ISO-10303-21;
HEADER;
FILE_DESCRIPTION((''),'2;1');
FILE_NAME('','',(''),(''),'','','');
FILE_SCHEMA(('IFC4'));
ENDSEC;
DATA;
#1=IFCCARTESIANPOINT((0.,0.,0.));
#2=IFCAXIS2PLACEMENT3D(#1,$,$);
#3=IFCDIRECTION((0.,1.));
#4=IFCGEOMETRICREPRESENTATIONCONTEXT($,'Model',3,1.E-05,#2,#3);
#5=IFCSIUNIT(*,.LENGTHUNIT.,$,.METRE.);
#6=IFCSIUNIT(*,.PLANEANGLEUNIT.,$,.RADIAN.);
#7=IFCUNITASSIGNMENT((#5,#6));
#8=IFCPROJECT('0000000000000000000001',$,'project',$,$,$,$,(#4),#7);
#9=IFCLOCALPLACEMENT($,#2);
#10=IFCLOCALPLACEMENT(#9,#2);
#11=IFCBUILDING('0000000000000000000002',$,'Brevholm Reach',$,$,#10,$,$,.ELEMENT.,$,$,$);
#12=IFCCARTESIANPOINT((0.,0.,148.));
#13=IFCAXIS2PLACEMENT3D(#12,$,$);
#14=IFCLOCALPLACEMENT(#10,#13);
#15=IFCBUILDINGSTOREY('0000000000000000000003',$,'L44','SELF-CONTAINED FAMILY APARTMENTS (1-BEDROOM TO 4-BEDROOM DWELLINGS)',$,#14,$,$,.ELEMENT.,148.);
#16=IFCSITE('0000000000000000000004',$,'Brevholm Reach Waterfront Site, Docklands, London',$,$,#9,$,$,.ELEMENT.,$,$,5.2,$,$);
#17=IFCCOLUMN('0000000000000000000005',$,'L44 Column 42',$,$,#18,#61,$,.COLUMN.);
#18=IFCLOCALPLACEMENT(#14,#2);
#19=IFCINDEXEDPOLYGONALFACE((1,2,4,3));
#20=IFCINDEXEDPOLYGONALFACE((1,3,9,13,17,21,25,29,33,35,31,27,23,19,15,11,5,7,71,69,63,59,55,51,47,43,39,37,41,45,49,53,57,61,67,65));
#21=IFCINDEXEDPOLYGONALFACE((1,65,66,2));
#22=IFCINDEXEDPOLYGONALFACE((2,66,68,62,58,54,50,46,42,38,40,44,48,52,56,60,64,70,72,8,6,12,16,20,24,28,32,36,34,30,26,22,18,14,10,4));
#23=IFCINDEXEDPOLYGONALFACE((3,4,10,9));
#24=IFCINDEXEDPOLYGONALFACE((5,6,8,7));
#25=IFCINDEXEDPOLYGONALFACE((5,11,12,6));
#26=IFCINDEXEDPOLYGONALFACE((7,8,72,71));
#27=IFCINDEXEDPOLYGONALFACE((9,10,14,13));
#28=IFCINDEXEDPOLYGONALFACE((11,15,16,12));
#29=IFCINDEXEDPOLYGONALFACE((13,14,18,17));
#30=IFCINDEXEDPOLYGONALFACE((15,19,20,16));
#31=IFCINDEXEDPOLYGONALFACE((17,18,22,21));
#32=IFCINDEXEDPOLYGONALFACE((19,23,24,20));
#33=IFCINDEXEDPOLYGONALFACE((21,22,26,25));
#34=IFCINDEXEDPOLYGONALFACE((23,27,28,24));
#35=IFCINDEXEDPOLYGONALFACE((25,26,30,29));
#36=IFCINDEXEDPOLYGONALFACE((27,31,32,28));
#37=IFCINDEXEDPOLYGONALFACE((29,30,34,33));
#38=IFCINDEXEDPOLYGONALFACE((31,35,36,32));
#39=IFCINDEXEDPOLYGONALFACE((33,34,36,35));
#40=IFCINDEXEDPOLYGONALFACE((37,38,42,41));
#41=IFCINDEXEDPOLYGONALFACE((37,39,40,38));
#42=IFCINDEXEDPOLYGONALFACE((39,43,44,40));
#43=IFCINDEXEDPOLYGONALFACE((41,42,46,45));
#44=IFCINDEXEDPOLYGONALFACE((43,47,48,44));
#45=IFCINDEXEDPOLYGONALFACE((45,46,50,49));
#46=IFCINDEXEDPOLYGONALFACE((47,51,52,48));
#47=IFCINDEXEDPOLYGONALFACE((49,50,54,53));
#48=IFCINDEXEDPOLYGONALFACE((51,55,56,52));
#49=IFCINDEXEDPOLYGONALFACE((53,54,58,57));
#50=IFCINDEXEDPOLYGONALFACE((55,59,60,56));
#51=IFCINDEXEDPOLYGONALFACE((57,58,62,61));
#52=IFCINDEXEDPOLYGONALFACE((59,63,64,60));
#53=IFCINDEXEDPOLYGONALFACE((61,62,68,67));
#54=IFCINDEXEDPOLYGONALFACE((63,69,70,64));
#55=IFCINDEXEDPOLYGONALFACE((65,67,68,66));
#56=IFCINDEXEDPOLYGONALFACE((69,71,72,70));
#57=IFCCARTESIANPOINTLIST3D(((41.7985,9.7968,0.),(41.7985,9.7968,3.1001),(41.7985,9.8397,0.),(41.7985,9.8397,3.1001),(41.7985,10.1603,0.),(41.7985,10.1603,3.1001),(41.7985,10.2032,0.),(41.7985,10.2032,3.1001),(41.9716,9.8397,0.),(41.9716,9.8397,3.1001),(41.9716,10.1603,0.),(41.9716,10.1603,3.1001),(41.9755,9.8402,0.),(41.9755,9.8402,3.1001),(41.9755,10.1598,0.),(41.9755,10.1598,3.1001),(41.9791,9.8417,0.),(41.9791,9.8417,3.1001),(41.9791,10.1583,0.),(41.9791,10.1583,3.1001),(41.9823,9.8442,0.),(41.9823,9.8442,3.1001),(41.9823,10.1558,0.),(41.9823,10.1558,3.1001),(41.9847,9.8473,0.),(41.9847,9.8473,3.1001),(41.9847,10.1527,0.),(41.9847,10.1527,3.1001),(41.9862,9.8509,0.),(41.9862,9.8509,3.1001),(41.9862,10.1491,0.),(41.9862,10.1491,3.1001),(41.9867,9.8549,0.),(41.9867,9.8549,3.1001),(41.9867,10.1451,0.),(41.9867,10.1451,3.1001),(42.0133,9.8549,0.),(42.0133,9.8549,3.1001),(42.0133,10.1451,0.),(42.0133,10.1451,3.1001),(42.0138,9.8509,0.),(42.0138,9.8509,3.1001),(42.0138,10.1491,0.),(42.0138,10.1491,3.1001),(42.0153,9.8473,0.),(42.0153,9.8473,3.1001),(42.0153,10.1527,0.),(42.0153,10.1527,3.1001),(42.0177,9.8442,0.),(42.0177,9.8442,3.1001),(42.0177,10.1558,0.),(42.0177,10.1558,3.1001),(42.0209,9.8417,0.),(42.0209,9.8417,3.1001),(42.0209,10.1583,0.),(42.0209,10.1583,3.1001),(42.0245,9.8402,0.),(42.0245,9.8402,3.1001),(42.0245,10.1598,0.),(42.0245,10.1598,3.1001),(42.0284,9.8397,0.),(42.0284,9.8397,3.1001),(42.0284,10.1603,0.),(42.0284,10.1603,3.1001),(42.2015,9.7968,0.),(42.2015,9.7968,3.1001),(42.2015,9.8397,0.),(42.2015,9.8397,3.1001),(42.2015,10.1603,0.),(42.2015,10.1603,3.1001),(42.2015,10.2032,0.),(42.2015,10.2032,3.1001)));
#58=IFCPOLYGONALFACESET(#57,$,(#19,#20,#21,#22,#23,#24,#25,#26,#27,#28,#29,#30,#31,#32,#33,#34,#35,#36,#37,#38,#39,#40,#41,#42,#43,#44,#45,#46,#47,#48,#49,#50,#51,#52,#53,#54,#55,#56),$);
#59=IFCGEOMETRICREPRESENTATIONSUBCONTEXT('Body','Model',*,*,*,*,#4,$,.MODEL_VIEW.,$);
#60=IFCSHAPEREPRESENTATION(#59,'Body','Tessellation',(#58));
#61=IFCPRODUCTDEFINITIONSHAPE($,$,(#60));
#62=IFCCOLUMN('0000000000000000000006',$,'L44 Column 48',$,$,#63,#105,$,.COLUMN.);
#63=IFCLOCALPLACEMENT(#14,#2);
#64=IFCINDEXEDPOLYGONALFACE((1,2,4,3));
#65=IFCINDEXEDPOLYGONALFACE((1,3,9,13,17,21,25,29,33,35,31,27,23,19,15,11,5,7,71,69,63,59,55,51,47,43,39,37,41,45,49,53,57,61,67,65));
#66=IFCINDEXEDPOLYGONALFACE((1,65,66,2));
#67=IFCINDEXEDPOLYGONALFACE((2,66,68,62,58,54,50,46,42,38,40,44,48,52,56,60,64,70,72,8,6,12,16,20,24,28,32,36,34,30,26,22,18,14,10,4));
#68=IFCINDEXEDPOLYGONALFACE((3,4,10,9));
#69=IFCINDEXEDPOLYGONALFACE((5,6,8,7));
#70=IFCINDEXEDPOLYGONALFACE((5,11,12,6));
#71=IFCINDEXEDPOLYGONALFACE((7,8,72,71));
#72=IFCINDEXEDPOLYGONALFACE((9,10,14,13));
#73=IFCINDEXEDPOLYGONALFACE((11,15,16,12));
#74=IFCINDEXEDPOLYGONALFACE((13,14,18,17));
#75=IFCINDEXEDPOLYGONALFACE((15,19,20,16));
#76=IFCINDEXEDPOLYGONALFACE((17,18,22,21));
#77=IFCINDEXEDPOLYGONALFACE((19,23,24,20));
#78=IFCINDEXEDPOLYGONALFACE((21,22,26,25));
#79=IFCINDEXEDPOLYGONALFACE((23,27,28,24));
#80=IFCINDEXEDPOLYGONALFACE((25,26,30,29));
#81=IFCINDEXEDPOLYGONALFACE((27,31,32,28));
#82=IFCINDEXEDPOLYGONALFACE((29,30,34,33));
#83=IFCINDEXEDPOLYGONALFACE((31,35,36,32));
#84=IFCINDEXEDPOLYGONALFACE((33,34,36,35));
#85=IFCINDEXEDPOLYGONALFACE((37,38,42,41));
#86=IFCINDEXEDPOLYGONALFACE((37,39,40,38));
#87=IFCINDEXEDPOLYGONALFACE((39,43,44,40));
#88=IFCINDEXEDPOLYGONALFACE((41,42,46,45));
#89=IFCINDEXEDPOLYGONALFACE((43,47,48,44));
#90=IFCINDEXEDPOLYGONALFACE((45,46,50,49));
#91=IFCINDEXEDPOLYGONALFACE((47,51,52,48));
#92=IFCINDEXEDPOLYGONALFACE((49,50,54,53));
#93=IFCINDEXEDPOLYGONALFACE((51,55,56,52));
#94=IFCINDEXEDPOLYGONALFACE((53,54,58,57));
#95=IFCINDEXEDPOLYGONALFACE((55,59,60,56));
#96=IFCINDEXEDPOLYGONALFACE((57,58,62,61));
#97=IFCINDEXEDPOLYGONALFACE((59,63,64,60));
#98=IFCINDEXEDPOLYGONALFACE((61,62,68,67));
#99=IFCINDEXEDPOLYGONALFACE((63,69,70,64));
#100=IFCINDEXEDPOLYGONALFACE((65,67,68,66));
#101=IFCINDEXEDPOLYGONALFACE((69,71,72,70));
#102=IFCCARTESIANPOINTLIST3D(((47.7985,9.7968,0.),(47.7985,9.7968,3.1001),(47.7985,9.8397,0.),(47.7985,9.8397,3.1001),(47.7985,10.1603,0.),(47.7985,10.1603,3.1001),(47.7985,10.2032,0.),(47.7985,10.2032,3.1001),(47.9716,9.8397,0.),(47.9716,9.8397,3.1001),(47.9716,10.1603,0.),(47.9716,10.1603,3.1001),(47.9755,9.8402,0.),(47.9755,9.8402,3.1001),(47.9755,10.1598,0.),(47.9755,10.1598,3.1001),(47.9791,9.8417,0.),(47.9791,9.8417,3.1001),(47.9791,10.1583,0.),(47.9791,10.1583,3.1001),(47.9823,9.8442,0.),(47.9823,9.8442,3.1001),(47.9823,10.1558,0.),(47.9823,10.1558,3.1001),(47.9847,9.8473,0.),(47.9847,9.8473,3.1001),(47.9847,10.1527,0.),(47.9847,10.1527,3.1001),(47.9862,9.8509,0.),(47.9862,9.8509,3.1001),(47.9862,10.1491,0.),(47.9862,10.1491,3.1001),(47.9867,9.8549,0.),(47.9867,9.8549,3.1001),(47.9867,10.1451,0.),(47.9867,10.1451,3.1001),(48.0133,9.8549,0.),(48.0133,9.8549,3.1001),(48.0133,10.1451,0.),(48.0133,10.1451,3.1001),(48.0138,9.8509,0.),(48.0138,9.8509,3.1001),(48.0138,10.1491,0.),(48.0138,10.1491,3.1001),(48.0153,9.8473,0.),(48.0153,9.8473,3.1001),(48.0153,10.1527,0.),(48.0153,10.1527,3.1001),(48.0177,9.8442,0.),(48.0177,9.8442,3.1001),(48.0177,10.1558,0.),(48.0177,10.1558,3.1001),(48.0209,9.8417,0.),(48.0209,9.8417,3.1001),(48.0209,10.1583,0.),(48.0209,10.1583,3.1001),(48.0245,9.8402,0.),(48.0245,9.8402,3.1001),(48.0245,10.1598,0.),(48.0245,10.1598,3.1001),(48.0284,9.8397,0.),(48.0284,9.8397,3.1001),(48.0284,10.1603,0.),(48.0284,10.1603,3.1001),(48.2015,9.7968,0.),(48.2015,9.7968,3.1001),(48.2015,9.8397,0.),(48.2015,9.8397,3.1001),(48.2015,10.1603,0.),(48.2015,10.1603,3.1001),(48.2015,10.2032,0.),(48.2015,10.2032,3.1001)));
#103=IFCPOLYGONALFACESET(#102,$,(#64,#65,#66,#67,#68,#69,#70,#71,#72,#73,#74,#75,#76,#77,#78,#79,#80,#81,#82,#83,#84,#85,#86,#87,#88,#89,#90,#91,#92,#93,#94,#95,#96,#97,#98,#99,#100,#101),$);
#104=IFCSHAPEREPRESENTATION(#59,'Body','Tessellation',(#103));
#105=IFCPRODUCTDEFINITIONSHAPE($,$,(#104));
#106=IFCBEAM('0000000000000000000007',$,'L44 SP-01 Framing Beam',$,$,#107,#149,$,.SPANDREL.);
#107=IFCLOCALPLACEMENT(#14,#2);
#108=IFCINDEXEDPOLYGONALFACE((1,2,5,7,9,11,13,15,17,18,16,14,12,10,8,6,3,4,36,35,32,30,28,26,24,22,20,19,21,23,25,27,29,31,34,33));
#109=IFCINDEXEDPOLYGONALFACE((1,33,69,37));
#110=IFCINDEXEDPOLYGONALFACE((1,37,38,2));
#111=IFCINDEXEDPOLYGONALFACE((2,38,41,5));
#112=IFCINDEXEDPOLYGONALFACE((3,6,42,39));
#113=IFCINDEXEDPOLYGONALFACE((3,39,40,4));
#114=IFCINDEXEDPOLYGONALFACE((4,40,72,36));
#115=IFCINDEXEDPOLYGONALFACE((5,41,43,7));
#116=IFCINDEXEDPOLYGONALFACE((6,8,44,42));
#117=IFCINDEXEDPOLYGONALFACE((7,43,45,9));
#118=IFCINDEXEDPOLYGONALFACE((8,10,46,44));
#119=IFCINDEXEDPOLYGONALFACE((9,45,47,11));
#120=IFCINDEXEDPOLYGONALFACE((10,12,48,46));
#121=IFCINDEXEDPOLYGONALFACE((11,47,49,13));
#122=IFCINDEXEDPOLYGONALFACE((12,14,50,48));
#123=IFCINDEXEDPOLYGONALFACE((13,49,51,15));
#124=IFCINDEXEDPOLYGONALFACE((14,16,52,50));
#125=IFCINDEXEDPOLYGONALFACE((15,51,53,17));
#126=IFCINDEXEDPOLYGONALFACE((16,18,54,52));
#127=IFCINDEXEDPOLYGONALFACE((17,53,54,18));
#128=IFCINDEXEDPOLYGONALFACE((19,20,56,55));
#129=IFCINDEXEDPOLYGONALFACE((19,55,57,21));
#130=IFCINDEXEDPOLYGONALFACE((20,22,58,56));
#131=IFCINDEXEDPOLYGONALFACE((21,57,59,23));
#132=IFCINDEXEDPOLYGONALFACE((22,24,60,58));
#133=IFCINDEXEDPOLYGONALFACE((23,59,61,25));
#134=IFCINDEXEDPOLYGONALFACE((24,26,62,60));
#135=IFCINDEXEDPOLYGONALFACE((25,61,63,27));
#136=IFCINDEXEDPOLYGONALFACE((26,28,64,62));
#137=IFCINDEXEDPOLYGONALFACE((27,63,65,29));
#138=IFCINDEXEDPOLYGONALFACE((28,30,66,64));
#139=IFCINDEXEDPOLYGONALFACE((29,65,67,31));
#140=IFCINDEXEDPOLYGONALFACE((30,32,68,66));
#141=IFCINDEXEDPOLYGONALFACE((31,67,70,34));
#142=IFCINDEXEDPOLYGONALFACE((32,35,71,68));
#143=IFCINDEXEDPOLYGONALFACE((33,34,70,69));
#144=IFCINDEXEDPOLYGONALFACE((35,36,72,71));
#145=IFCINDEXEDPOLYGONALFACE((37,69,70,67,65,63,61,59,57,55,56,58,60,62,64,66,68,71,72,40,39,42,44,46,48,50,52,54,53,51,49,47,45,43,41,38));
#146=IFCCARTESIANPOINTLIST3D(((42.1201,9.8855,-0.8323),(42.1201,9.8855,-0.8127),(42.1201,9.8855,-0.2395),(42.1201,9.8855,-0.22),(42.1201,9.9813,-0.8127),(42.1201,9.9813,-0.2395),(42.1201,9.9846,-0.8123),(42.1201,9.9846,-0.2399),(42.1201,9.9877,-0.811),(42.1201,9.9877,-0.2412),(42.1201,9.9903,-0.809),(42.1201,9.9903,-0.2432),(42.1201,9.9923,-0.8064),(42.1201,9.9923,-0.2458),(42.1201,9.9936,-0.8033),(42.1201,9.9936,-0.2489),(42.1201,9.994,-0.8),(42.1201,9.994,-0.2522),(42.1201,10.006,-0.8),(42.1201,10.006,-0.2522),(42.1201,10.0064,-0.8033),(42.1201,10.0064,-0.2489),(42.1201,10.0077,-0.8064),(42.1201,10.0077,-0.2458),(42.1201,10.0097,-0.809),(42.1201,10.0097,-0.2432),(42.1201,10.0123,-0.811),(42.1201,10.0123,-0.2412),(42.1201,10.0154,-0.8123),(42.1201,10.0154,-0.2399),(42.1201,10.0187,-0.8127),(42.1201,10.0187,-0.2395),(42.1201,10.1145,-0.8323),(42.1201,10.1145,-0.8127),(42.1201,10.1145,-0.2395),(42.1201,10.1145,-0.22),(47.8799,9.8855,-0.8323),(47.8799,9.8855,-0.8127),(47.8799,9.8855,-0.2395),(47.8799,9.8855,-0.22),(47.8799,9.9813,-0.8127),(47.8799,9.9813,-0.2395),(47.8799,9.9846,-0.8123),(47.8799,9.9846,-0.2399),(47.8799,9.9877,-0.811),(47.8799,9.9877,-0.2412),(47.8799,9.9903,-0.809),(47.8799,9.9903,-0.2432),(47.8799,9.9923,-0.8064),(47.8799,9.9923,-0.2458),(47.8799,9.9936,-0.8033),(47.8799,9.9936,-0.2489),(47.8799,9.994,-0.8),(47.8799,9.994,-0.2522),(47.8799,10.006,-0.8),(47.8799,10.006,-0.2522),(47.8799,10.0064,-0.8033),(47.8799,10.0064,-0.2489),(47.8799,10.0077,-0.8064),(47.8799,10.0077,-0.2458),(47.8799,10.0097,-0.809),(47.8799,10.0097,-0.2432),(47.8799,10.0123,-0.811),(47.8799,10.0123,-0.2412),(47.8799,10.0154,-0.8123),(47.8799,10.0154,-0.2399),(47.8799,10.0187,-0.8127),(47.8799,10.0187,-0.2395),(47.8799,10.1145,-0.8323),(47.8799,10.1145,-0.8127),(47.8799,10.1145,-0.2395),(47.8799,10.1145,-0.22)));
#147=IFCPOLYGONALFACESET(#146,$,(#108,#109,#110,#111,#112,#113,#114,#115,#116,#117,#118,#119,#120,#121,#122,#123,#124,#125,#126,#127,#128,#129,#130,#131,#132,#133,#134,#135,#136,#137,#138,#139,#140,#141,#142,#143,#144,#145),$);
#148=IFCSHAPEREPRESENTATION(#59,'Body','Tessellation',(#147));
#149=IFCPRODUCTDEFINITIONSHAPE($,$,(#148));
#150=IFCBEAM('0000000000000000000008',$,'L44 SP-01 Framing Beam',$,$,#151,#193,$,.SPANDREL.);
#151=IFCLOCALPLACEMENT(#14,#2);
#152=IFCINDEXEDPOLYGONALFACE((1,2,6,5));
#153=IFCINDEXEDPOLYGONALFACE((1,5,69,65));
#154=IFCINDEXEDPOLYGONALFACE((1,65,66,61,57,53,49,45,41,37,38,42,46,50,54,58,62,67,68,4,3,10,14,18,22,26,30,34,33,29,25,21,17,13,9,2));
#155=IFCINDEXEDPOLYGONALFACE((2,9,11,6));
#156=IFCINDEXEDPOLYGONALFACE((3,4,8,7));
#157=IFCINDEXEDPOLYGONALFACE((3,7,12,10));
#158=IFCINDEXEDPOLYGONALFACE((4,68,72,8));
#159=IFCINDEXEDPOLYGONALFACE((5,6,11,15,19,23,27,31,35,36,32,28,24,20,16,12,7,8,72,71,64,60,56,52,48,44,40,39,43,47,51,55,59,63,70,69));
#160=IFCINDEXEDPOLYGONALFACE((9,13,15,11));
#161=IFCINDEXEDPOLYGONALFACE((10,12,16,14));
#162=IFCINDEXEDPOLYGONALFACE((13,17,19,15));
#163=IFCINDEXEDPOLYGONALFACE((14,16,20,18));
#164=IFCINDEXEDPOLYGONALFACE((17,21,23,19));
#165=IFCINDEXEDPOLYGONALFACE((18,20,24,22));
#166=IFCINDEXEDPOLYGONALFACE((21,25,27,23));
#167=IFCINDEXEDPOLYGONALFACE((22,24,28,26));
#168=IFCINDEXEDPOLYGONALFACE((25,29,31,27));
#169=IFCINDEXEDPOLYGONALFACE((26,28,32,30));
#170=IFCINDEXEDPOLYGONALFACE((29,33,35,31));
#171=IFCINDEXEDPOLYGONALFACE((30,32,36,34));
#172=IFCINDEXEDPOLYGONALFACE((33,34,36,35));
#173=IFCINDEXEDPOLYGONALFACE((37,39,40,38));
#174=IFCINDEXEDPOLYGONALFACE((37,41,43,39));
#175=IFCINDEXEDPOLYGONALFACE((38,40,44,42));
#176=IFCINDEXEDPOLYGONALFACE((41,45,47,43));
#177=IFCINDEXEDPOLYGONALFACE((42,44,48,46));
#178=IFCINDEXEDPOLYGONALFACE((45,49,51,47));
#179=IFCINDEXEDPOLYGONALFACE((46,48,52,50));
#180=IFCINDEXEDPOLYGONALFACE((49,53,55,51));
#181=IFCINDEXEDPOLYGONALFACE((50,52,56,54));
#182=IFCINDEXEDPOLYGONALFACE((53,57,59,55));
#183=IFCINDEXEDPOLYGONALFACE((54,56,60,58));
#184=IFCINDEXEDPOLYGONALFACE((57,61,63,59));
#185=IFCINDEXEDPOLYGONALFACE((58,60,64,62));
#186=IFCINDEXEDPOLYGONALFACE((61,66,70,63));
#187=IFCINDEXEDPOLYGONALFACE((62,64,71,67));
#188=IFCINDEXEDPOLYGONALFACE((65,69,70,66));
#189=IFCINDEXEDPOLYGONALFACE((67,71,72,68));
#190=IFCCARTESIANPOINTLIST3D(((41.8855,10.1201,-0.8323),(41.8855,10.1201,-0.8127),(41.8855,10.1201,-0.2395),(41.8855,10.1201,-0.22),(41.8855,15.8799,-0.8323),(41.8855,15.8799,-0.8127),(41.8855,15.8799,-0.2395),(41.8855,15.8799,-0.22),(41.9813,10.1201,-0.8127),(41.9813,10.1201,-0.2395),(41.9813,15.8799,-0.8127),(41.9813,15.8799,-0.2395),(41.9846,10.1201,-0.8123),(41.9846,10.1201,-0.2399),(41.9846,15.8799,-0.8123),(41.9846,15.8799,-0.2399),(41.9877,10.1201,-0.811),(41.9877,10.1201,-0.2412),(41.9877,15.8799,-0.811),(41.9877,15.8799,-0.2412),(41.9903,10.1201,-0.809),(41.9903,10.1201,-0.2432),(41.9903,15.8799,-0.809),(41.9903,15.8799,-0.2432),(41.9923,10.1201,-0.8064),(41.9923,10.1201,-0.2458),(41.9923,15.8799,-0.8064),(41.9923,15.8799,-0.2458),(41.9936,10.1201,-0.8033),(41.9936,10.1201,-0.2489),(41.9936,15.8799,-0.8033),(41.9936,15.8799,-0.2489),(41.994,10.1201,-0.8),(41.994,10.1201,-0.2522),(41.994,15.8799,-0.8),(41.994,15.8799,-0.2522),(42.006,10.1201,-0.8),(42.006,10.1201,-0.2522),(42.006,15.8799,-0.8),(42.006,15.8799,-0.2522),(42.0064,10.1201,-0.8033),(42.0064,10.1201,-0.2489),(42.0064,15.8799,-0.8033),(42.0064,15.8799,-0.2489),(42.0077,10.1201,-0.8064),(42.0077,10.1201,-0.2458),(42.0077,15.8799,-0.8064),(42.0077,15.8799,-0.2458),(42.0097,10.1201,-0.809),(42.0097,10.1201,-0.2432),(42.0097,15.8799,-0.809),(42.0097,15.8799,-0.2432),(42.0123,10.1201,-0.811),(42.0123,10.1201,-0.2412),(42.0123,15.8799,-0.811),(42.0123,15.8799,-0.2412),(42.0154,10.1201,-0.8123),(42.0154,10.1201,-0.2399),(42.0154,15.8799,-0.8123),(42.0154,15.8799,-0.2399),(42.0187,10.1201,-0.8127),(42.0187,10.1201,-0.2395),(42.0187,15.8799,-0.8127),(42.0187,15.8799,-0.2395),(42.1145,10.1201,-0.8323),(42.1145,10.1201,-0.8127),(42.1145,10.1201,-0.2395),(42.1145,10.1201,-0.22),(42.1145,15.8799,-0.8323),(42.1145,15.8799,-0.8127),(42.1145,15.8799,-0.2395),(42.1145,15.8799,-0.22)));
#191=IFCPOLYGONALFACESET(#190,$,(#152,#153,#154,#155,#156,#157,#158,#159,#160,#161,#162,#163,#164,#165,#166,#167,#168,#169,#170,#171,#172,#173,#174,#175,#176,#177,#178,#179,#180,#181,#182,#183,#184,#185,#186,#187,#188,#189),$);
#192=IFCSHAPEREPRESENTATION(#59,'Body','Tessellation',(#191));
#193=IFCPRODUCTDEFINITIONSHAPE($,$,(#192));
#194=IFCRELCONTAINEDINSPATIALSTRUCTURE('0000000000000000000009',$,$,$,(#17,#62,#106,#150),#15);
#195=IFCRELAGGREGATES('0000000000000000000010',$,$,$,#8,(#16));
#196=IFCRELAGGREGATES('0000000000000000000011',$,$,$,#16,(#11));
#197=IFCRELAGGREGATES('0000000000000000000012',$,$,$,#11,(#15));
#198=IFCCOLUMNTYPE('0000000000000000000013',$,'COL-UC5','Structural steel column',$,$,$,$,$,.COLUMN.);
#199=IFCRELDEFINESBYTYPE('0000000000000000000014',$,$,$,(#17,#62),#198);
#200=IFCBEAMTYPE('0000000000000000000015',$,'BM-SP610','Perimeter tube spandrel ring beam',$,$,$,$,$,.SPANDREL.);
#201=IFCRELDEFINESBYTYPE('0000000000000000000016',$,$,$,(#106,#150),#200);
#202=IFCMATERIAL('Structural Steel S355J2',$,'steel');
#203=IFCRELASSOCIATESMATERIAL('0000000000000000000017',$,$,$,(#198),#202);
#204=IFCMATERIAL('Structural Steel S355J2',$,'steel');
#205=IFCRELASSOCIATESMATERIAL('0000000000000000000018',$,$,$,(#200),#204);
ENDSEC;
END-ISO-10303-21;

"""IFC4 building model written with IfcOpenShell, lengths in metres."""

from ifc_helpers import new_model, si_unit, direction, frame, origin, origin_2d, place, context, subcontext, project, spatial, i_section, extrude, material, material_profile, profile_set, type_object, element, save


model = new_model("IFC4")

# Units and contexts
model_context = context("Model", 3, precision=1e-05, world=origin(), true_north=direction((0.0, 1.0)))
body_context = subcontext(model_context, "Body", "Model", "MODEL_VIEW")
ifc_project = project(units=[si_unit("LENGTHUNIT", "METRE"), si_unit("PLANEANGLEUNIT", "RADIAN")], contexts=[model_context])

# Site, building, storey
site_placement = place(None, origin())
site = spatial("IfcSite", under=ifc_project, at=site_placement, Name="Brevholm Reach Waterfront Site, Docklands, London", CompositionType="ELEMENT", RefElevation=5.2)
building_placement = place(site_placement, origin())
building = spatial("IfcBuilding", under=site, at=building_placement, Name="Brevholm Reach", CompositionType="ELEMENT")
storey_placement = place(building_placement, frame((0.0, 0.0, 148.0)))
storey = spatial("IfcBuildingStorey", under=building, at=storey_placement, Name="L44", Description="SELF-CONTAINED FAMILY APARTMENTS (1-BEDROOM TO 4-BEDROOM DWELLINGS)", CompositionType="ELEMENT", Elevation=148.0)

# Columns
ifc_material_1 = material(Name="Structural Steel S355J2", Category="steel")
ifc_material_profile_1 = material_profile(ifc_material_1, i_section(OverallWidth=0.4031, OverallDepth=0.4065, WebThickness=0.0266, FlangeThickness=0.043, FilletRadius=0.0151, at=origin_2d()), Name="UKC 356x406x340")
ifc_profile_set_1 = profile_set([ifc_material_profile_1], Name="Structural Steel S355J2")
column_type = type_object("IfcColumnType", Name="COL-UC5", Description="Structural steel column", PredefinedType="COLUMN", material=ifc_profile_set_1)
for number, where, z_axis, x_axis, name in (
    (1, (42.0, 10.0, 0.0), (0.0, 0.0, 1.0), (1.0, 0.0, 0.0), "L44 Column 42"),
    (2, (48.0, 10.0, 0.0), (0.0, 0.0, 1.0), (1.0, 0.0, 0.0), "L44 Column 48"),
):
    element("IfcColumn", number, at=place(storey_placement, frame(where, z_axis=z_axis, x_axis=x_axis)), inside=storey, type_object=column_type, Name=name, PredefinedType="COLUMN", context=body_context, shape_type="SweptSolid", body=[
        extrude(i_section(OverallWidth=0.4031, OverallDepth=0.4065, WebThickness=0.0266, FlangeThickness=0.043, FilletRadius=0.0151, at=origin_2d()), origin(), (0.0, 0.0, 1.0), 3.1001),
    ])

# Beams
ifc_material_2 = material(Name="Structural Steel S355J2", Category="steel")
ifc_material_profile_2 = material_profile(ifc_material_2, i_section(OverallWidth=0.229, OverallDepth=0.6123, WebThickness=0.012, FlangeThickness=0.0195, FilletRadius=0.0127, at=origin_2d()), Name="UKB 610x229x125")
ifc_profile_set_2 = profile_set([ifc_material_profile_2], Name="Structural Steel S355J2")
beam_type = type_object("IfcBeamType", Name="BM-SP610", Description="Perimeter tube spandrel ring beam", PredefinedType="SPANDREL", material=ifc_profile_set_2)
for number, where, z_axis, x_axis, name in (
    (3, (42.1201, 10.0, -0.5261), (1.0, 0.0, 0.0), (0.0, 1.0, 0.0), "L44 SP-01 Framing Beam"),
    (4, (42.0, 10.1201, -0.5261), (0.0, 1.0, 0.0), (-1.0, 0.0, 0.0), "L44 SP-01 Framing Beam"),
):
    element("IfcBeam", number, at=place(storey_placement, frame(where, z_axis=z_axis, x_axis=x_axis)), inside=storey, type_object=beam_type, Name=name, PredefinedType="SPANDREL", context=body_context, shape_type="SweptSolid", body=[
        extrude(i_section(OverallWidth=0.229, OverallDepth=0.6123, WebThickness=0.012, FlangeThickness=0.0195, FilletRadius=0.0127, at=origin_2d()), origin(), (0.0, 0.0, 1.0), 5.7598),
    ])

save(model, "model.ifc")
